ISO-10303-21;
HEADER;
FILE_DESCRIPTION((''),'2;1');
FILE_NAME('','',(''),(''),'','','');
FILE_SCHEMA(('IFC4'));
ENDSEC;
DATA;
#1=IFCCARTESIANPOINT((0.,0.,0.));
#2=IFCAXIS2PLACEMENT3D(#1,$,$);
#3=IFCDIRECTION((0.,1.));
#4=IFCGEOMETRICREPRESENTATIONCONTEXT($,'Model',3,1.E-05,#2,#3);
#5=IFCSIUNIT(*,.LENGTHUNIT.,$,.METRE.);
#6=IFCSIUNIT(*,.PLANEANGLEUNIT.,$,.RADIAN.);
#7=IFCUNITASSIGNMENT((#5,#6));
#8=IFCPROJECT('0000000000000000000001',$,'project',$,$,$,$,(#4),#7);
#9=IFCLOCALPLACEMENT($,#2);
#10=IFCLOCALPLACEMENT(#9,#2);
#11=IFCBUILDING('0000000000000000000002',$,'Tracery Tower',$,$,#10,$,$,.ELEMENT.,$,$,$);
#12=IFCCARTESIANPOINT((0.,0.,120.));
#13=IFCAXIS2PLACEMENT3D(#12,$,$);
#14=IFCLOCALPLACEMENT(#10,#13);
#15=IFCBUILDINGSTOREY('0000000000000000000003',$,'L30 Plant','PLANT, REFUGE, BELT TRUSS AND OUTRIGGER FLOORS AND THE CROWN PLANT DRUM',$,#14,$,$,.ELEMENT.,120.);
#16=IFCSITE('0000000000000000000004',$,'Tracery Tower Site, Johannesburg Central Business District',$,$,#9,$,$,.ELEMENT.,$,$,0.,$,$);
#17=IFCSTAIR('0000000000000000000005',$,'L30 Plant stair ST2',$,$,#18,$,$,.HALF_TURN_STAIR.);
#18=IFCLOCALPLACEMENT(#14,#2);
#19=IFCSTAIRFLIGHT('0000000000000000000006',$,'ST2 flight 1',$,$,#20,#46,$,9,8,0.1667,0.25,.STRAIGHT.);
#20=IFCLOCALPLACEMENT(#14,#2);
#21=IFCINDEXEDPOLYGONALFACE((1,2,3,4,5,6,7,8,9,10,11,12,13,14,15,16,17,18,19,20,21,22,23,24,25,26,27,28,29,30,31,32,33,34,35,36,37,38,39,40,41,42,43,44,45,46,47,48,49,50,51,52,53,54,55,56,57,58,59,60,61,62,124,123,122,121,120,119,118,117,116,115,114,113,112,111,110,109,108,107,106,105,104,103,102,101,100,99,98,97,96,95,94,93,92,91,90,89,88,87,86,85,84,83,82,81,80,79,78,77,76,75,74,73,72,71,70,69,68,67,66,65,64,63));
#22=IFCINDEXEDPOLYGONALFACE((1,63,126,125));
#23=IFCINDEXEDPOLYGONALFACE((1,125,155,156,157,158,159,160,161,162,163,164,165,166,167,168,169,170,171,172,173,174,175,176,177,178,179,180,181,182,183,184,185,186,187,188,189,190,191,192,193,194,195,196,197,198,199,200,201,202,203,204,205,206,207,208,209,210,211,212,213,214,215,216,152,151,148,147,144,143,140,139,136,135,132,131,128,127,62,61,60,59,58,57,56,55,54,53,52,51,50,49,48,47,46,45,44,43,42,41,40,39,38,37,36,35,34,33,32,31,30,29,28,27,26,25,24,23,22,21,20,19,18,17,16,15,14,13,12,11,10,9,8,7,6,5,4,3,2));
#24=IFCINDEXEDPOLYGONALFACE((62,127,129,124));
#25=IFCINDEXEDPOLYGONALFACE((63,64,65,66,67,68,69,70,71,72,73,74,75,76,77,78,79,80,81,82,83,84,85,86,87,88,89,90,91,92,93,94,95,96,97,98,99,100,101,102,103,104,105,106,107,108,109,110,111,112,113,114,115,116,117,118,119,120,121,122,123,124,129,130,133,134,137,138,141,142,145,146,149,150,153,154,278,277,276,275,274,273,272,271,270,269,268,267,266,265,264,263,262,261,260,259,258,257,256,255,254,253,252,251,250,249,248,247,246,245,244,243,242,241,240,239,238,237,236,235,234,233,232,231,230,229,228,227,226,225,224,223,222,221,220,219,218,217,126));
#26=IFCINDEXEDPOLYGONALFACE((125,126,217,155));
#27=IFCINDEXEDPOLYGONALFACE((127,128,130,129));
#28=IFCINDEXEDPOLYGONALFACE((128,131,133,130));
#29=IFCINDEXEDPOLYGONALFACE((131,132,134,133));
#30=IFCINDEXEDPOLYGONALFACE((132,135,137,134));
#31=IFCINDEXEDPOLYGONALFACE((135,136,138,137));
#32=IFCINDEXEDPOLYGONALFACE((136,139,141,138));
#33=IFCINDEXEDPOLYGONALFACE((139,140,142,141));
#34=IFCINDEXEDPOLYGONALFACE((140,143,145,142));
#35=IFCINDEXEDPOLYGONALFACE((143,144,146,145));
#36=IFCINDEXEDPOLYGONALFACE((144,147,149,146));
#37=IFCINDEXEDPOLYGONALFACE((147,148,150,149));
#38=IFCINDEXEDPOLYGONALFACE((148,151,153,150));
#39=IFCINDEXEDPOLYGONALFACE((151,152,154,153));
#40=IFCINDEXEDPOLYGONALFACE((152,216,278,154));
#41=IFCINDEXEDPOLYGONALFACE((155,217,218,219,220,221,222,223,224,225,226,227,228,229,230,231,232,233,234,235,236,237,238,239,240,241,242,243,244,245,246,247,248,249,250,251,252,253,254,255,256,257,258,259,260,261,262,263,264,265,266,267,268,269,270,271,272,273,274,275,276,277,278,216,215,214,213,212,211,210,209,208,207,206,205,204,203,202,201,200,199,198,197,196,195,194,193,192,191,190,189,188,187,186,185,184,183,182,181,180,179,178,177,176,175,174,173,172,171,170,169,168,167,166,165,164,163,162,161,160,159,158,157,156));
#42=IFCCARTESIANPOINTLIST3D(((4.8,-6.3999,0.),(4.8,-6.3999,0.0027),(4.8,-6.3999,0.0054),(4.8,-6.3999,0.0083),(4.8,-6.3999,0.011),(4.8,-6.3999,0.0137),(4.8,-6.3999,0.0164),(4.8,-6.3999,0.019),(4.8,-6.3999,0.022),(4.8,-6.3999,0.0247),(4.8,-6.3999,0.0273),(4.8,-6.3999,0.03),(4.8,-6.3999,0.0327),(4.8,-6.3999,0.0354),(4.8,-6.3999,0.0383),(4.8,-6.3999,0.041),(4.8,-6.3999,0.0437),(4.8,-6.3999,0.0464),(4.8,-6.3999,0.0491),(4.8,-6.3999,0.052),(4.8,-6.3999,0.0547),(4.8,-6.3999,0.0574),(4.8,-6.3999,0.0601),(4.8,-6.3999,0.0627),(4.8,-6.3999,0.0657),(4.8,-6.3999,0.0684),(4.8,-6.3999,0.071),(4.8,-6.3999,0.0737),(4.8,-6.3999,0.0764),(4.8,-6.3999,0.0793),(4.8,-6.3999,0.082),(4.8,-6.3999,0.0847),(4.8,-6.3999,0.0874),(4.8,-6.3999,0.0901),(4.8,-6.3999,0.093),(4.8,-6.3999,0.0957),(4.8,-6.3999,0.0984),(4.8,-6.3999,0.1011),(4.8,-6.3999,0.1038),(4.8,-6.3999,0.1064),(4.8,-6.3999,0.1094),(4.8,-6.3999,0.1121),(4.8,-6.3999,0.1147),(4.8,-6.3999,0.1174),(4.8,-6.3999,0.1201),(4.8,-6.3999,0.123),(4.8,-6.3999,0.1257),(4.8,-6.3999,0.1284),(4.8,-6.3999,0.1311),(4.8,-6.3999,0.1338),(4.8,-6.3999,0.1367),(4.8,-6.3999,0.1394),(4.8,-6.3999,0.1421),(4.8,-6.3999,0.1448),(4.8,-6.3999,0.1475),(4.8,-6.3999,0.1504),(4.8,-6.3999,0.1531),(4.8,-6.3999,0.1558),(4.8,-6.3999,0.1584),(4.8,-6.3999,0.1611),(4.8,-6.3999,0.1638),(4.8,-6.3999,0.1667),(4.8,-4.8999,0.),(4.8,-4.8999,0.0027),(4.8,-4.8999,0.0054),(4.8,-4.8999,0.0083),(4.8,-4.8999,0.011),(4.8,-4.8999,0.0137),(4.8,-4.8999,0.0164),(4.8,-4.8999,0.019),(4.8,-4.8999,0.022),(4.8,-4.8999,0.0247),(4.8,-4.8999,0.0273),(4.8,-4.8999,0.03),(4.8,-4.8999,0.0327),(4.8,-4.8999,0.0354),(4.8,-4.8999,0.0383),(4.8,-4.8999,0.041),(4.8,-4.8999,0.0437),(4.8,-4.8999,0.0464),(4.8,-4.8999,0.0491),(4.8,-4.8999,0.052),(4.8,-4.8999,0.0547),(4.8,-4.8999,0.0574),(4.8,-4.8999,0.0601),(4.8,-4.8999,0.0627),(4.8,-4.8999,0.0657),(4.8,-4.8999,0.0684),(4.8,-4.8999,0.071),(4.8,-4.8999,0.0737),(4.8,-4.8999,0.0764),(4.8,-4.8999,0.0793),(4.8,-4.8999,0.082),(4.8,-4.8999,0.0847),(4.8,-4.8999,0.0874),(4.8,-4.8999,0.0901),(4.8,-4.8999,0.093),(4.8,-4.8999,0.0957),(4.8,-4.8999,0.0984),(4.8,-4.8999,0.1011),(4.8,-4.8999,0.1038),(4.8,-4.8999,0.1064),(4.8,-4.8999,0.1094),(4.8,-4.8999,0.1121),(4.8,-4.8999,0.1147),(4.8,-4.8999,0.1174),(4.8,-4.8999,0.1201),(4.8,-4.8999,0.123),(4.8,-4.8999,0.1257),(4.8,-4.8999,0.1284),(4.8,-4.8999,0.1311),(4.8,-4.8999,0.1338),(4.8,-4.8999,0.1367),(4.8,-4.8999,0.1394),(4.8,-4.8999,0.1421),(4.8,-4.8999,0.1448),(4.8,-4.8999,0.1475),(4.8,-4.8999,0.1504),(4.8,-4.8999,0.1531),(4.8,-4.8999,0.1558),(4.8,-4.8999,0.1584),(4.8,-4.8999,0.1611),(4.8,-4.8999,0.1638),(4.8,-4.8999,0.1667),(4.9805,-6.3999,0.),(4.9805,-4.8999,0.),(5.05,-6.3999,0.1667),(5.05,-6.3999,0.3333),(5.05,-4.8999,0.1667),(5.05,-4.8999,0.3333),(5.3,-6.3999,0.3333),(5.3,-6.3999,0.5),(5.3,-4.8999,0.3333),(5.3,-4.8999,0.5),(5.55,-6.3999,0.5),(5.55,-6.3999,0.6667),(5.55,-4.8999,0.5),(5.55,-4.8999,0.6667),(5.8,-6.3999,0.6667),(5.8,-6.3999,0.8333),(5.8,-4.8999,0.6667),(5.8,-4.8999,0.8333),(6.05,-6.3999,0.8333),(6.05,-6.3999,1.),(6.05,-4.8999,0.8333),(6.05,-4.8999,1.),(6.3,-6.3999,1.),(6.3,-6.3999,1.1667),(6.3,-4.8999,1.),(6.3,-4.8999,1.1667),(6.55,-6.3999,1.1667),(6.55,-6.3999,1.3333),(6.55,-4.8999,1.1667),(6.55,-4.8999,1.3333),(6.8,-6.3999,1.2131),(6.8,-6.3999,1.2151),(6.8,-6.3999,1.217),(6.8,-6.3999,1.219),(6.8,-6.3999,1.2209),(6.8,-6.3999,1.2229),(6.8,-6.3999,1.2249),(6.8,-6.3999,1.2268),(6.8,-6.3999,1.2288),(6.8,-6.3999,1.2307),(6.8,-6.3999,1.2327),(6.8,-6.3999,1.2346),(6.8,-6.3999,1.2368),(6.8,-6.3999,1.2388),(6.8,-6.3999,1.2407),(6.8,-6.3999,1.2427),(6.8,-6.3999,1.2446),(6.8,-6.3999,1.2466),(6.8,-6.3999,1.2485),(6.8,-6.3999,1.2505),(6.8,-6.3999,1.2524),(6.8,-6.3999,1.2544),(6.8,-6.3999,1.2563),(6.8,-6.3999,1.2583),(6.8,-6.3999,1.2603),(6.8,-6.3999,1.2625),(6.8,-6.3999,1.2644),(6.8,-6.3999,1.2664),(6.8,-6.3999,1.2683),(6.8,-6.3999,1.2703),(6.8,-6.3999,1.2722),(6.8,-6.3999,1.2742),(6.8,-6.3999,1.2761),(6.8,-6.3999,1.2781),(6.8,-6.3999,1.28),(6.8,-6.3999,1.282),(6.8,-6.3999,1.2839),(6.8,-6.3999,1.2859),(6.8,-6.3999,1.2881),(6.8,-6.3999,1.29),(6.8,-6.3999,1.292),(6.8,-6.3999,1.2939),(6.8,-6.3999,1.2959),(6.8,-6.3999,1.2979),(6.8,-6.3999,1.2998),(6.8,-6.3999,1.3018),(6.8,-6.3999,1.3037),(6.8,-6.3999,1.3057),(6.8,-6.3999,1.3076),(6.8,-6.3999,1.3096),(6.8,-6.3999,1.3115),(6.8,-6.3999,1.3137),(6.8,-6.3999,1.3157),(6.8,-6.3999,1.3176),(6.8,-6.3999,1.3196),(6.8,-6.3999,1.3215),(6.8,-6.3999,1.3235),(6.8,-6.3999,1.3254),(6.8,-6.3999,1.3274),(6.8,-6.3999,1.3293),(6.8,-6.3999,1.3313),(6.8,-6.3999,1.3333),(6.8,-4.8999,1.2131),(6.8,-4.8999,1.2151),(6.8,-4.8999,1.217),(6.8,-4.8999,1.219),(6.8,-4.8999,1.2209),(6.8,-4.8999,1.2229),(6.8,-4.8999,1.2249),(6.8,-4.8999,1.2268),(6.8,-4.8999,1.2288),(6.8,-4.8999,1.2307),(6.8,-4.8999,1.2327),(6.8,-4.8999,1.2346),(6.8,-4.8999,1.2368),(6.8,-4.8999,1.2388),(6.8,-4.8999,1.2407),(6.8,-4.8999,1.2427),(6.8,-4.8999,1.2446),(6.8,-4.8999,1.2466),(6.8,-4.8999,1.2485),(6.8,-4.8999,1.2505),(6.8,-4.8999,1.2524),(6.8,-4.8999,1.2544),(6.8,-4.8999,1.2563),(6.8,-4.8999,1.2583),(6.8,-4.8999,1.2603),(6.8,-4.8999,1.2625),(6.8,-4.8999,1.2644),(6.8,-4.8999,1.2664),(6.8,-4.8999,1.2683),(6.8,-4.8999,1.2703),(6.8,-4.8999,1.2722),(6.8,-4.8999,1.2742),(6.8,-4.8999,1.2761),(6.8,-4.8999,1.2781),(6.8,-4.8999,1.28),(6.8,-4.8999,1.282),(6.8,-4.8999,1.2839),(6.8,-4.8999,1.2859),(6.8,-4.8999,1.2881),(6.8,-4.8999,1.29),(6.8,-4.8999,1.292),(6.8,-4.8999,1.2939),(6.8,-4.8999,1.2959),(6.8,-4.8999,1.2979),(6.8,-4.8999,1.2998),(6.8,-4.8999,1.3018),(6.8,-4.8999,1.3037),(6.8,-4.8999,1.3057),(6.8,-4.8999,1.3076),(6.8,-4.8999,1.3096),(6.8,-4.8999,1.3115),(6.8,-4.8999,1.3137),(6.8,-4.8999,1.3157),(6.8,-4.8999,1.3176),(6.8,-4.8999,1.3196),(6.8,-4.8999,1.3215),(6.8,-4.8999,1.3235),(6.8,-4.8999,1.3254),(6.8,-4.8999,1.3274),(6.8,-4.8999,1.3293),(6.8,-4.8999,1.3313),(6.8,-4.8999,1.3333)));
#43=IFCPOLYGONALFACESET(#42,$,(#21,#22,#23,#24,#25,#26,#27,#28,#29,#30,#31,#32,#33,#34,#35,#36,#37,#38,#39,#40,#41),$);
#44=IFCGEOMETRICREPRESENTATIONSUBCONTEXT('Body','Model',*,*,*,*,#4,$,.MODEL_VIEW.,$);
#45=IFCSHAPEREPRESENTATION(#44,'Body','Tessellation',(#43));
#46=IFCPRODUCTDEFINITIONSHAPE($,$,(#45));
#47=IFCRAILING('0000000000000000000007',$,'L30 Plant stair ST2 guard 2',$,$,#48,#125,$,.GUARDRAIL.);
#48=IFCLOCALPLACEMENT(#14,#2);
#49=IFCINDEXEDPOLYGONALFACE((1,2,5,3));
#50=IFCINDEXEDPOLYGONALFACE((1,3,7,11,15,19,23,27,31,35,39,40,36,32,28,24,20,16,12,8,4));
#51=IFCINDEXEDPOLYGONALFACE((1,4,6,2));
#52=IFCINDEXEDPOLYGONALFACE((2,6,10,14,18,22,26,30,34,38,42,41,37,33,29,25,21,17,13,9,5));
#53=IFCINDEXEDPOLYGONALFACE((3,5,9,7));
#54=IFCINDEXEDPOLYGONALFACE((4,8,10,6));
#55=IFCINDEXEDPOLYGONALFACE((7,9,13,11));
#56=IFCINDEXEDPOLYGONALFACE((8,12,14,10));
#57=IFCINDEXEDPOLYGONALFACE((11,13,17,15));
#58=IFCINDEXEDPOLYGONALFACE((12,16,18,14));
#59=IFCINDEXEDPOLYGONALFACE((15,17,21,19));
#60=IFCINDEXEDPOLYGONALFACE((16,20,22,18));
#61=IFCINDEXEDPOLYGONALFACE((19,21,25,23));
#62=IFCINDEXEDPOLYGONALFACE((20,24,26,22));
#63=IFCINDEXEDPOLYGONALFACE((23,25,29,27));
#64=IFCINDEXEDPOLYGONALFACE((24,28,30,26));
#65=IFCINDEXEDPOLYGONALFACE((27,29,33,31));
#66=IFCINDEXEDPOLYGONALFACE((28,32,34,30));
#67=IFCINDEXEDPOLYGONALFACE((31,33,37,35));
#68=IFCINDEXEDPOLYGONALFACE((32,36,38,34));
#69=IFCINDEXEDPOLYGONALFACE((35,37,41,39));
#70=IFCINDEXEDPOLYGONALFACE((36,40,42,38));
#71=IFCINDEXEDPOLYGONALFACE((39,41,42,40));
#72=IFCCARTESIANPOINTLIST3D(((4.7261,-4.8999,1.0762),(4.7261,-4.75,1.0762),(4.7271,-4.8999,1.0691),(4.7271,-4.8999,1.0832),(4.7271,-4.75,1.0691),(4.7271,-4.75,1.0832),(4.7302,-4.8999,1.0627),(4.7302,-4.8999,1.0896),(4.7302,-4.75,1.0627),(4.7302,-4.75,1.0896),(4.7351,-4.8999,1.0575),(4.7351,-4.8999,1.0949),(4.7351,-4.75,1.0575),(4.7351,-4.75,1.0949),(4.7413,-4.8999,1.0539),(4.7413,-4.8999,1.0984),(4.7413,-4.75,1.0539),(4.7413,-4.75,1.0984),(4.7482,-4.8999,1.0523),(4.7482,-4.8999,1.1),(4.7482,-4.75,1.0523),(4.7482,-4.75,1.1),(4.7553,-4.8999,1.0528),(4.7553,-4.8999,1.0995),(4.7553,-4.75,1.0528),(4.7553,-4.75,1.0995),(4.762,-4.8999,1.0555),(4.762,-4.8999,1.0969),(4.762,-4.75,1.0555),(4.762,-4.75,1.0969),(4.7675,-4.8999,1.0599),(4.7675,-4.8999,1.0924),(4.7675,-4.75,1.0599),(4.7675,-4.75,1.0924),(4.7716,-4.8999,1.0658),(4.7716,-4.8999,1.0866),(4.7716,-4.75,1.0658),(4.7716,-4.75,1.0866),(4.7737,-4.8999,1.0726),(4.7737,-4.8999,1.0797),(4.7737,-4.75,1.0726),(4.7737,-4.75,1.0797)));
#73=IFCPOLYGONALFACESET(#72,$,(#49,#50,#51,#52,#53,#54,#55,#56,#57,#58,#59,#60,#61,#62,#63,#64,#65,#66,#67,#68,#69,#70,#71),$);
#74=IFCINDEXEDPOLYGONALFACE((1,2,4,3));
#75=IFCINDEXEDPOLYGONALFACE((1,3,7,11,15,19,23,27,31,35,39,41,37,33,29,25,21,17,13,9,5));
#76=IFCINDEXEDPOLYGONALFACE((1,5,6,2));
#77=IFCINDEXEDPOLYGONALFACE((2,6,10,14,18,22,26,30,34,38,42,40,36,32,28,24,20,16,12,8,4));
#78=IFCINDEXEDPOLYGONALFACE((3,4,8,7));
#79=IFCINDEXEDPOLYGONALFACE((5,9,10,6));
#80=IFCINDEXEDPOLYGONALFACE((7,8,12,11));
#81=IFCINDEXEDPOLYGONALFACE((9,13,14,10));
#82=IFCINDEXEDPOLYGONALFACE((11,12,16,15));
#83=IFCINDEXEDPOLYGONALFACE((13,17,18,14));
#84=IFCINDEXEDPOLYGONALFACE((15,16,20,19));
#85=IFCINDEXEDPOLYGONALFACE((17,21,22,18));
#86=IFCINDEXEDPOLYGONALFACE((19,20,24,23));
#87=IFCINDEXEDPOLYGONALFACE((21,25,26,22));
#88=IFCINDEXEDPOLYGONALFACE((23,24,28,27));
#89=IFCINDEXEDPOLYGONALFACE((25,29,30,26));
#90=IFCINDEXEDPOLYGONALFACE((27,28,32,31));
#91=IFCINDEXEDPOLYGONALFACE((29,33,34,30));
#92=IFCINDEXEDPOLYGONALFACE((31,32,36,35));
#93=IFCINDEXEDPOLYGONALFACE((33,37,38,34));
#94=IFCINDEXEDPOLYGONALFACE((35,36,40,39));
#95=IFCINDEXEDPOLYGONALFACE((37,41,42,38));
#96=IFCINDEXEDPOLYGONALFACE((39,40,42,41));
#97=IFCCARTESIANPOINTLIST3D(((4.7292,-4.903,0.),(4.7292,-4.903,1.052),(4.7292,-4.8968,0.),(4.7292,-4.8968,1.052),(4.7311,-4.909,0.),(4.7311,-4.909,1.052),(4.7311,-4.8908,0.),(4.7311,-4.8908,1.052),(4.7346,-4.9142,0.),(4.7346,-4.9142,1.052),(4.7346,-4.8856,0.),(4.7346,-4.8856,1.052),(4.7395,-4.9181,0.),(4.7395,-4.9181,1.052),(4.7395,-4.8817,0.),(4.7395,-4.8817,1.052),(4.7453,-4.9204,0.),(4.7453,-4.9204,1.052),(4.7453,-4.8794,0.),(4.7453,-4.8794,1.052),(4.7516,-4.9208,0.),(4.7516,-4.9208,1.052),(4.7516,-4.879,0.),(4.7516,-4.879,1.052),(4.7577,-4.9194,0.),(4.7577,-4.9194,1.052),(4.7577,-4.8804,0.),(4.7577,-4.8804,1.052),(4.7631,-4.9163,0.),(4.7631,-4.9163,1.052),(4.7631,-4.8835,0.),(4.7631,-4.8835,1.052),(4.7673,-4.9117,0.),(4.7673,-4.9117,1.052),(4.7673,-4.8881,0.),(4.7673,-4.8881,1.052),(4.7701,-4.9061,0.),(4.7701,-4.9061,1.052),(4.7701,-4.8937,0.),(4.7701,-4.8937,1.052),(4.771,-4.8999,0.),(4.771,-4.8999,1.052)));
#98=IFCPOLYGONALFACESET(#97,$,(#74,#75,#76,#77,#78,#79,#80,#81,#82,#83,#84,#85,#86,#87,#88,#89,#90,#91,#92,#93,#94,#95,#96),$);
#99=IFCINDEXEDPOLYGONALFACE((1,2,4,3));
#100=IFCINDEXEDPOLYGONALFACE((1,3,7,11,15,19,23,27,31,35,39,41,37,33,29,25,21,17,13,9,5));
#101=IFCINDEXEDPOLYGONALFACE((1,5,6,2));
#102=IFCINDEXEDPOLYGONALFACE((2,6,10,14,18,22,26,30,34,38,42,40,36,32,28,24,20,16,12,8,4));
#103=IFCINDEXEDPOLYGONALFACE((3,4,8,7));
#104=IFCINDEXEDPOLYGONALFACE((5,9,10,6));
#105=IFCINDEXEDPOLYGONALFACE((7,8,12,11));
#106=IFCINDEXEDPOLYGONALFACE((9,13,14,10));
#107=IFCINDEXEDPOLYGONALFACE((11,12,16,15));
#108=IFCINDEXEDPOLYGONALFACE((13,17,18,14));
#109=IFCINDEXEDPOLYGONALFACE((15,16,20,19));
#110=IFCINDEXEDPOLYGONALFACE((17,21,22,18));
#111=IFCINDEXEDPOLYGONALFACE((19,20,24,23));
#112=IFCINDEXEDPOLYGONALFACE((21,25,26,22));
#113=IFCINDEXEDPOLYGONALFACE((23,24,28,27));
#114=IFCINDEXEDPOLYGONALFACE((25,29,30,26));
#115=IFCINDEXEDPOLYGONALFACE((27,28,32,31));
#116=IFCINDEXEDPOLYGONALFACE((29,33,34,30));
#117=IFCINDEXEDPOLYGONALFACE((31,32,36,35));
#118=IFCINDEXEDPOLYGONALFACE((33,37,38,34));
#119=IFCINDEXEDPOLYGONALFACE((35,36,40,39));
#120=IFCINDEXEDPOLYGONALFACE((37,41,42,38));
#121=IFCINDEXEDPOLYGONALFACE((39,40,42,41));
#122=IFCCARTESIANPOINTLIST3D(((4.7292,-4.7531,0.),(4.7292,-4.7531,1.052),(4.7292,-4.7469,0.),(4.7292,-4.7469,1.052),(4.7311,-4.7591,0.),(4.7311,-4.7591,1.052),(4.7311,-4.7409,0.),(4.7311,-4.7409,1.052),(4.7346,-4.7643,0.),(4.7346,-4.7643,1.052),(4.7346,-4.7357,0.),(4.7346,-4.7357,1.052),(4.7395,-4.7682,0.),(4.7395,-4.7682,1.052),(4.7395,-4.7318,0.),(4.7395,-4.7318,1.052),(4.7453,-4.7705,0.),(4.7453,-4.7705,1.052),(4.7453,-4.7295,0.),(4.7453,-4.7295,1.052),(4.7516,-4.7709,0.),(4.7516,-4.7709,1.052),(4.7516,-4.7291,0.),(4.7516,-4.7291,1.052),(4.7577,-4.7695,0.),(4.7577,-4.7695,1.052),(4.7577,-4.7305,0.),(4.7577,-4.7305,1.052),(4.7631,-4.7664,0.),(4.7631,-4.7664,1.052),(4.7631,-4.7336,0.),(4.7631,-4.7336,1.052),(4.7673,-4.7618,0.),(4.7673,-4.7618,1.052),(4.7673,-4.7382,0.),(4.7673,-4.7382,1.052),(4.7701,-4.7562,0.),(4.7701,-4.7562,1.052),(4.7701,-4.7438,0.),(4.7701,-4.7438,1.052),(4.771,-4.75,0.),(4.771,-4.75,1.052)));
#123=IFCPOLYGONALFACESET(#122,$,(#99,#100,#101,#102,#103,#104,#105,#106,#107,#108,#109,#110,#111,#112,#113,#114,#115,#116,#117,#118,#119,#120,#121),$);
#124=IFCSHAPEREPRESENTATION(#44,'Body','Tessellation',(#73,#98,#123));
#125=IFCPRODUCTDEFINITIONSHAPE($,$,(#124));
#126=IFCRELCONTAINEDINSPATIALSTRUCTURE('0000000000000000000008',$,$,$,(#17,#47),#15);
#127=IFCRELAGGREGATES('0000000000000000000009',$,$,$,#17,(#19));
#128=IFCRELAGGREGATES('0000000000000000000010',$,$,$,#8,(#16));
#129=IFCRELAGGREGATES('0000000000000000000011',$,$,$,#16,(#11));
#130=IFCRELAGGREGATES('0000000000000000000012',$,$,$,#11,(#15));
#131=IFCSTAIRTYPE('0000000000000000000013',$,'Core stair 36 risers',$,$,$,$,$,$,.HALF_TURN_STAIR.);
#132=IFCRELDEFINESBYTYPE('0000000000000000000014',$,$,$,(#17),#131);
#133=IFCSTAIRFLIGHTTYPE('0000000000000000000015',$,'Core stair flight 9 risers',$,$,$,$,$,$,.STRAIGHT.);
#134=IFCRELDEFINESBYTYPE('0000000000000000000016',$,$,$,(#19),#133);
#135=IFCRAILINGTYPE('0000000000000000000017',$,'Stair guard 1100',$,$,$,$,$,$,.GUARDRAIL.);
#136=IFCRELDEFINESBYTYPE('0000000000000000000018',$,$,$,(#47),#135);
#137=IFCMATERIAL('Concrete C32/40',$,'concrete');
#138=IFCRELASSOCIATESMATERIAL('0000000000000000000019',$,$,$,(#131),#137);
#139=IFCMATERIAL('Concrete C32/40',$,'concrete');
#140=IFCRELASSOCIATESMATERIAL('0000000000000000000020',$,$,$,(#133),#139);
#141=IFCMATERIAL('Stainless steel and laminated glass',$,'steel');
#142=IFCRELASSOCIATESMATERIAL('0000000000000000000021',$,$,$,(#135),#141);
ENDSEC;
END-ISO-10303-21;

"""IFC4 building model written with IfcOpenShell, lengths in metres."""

from ifc_helpers import new_model, si_unit, direction, frame, origin, origin_2d, place, context, subcontext, project, spatial, polyline, circle, outline, extrude, material, type_object, element, aggregate, save


model = new_model("IFC4")

# Units and contexts
model_context = context("Model", 3, precision=1e-05, world=origin(), true_north=direction((0.0, 1.0)))
body_context = subcontext(model_context, "Body", "Model", "MODEL_VIEW")
ifc_project = project(units=[si_unit("LENGTHUNIT", "METRE"), si_unit("PLANEANGLEUNIT", "RADIAN")], contexts=[model_context])

# Site, building, storey
site_placement = place(None, origin())
site = spatial("IfcSite", under=ifc_project, at=site_placement, Name="Tracery Tower Site, Johannesburg Central Business District", CompositionType="ELEMENT", RefElevation=0.0)
building_placement = place(site_placement, origin())
building = spatial("IfcBuilding", under=site, at=building_placement, Name="Tracery Tower", CompositionType="ELEMENT")
storey_placement = place(building_placement, frame((0.0, 0.0, 120.0)))
storey = spatial("IfcBuildingStorey", under=building, at=storey_placement, Name="L30 Plant", Description="PLANT, REFUGE, BELT TRUSS AND OUTRIGGER FLOORS AND THE CROWN PLANT DRUM", CompositionType="ELEMENT", Elevation=120.0)

# Stair, stair flight
ifc_material_1 = material(Name="Concrete C32/40", Category="concrete")
stair_type = type_object("IfcStairType", Name="Core stair 36 risers", PredefinedType="HALF_TURN_STAIR", material=ifc_material_1)
stair_placement = place(storey_placement, origin())
stair = element("IfcStair", 1, at=stair_placement, inside=storey, type_object=stair_type, Name="L30 Plant stair ST2", PredefinedType="HALF_TURN_STAIR")
ifc_material_2 = material(Name="Concrete C32/40", Category="concrete")
stair_flight_type = type_object("IfcStairFlightType", Name="Core stair flight 9 risers", PredefinedType="STRAIGHT", material=ifc_material_2)
stair_flight_1_placement = place(storey_placement, frame((4.8, -5.6499, 0.0), z_axis=(0.0, 0.0, 1.0), x_axis=(1.0, 0.0, 0.0)))
stair_flight_1 = element("IfcStairFlight", 2, at=stair_flight_1_placement, type_object=stair_flight_type, Name="ST2 flight 1", NumberOfRisers=9, NumberOfTreads=8, PredefinedType="STRAIGHT", RiserHeight=0.1667, TreadLength=0.25, context=body_context, shape_type="SweptSolid", body=[
    extrude(outline(polyline([(0.0, 0.0), (0.0, 0.0027), (0.0, 0.0054), (0.0, 0.0083), (0.0, 0.011), (0.0, 0.0137), (0.0, 0.0164), (0.0, 0.019), (0.0, 0.022), (0.0, 0.0247), (0.0, 0.0273), (0.0, 0.03), (0.0, 0.0327), (0.0, 0.0354), (0.0, 0.0383), (0.0, 0.041), (0.0, 0.0437), (0.0, 0.0464), (0.0, 0.0491), (0.0, 0.052), (0.0, 0.0547), (0.0, 0.0574), (0.0, 0.0601), (0.0, 0.0627), (0.0, 0.0657), (0.0, 0.0684), (0.0, 0.071), (0.0, 0.0737), (0.0, 0.0764), (0.0, 0.0793), (0.0, 0.082), (0.0, 0.0847), (0.0, 0.0874), (0.0, 0.0901), (0.0, 0.093), (0.0, 0.0957), (0.0, 0.0984), (0.0, 0.1011), (0.0, 0.1038), (0.0, 0.1064), (0.0, 0.1094), (0.0, 0.1121), (0.0, 0.1147), (0.0, 0.1174), (0.0, 0.1201), (0.0, 0.123), (0.0, 0.1257), (0.0, 0.1284), (0.0, 0.1311), (0.0, 0.1338), (0.0, 0.1367), (0.0, 0.1394), (0.0, 0.1421), (0.0, 0.1448), (0.0, 0.1475), (0.0, 0.1504), (0.0, 0.1531), (0.0, 0.1558), (0.0, 0.1584), (0.0, 0.1611), (0.0, 0.1638), (0.0, 0.1667), (0.25, 0.1667), (0.25, 0.3333), (0.5, 0.3333), (0.5, 0.5), (0.75, 0.5), (0.75, 0.6667), (1.0, 0.6667), (1.0, 0.8333), (1.25, 0.8333), (1.25, 1.0), (1.5, 1.0), (1.5, 1.1667), (1.75, 1.1667), (1.75, 1.3333), (2.0, 1.3333), (2.0, 1.3313), (2.0, 1.3293), (2.0, 1.3274), (2.0, 1.3254), (2.0, 1.3235), (2.0, 1.3215), (2.0, 1.3196), (2.0, 1.3176), (2.0, 1.3157), (2.0, 1.3137), (2.0, 1.3115), (2.0, 1.3096), (2.0, 1.3076), (2.0, 1.3057), (2.0, 1.3037), (2.0, 1.3018), (2.0, 1.2998), (2.0, 1.2979), (2.0, 1.2959), (2.0, 1.2939), (2.0, 1.292), (2.0, 1.29), (2.0, 1.2881), (2.0, 1.2859), (2.0, 1.2839), (2.0, 1.282), (2.0, 1.28), (2.0, 1.2781), (2.0, 1.2761), (2.0, 1.2742), (2.0, 1.2722), (2.0, 1.2703), (2.0, 1.2683), (2.0, 1.2664), (2.0, 1.2644), (2.0, 1.2625), (2.0, 1.2603), (2.0, 1.2583), (2.0, 1.2563), (2.0, 1.2544), (2.0, 1.2524), (2.0, 1.2505), (2.0, 1.2485), (2.0, 1.2466), (2.0, 1.2446), (2.0, 1.2427), (2.0, 1.2407), (2.0, 1.2388), (2.0, 1.2368), (2.0, 1.2346), (2.0, 1.2327), (2.0, 1.2307), (2.0, 1.2288), (2.0, 1.2268), (2.0, 1.2249), (2.0, 1.2229), (2.0, 1.2209), (2.0, 1.219), (2.0, 1.217), (2.0, 1.2151), (2.0, 1.2131), (0.1804, 0.0), (0.0, 0.0)])), frame((0.0, 0.75, 0.0), z_axis=(0.0, -1.0, 0.0), x_axis=(1.0, 0.0, 0.0)), (0.0, 0.0, 1.0), 1.5),
])
aggregate(stair, [stair_flight_1])

# Railing
ifc_material_3 = material(Name="Stainless steel and laminated glass", Category="steel")
railing_type_1 = type_object("IfcRailingType", Name="Stair guard 1100", PredefinedType="GUARDRAIL", material=ifc_material_3)
railing_1_placement = place(storey_placement, frame((4.75, -4.8999, 0.0)))
element("IfcRailing", 3, at=railing_1_placement, inside=storey, type_object=railing_type_1, Name="L30 Plant stair ST2 guard 2", PredefinedType="GUARDRAIL", context=body_context, shape_type="SweptSolid", body=[
    extrude(circle(Radius=0.0239, at=origin_2d()), frame((0.0, 0.0, 1.0762), z_axis=(0.0, 1.0, 0.0), x_axis=(-1.0, 0.0, 0.0)), (0.0, 0.0, 1.0), 0.1499),
    extrude(circle(Radius=0.021, at=origin_2d()), origin(), (0.0, 0.0, 1.0), 1.052),
    extrude(circle(Radius=0.021, at=origin_2d()), frame((0.0, 0.1499, 0.0)), (0.0, 0.0, 1.0), 1.052),
])

save(model, "model.ifc")
